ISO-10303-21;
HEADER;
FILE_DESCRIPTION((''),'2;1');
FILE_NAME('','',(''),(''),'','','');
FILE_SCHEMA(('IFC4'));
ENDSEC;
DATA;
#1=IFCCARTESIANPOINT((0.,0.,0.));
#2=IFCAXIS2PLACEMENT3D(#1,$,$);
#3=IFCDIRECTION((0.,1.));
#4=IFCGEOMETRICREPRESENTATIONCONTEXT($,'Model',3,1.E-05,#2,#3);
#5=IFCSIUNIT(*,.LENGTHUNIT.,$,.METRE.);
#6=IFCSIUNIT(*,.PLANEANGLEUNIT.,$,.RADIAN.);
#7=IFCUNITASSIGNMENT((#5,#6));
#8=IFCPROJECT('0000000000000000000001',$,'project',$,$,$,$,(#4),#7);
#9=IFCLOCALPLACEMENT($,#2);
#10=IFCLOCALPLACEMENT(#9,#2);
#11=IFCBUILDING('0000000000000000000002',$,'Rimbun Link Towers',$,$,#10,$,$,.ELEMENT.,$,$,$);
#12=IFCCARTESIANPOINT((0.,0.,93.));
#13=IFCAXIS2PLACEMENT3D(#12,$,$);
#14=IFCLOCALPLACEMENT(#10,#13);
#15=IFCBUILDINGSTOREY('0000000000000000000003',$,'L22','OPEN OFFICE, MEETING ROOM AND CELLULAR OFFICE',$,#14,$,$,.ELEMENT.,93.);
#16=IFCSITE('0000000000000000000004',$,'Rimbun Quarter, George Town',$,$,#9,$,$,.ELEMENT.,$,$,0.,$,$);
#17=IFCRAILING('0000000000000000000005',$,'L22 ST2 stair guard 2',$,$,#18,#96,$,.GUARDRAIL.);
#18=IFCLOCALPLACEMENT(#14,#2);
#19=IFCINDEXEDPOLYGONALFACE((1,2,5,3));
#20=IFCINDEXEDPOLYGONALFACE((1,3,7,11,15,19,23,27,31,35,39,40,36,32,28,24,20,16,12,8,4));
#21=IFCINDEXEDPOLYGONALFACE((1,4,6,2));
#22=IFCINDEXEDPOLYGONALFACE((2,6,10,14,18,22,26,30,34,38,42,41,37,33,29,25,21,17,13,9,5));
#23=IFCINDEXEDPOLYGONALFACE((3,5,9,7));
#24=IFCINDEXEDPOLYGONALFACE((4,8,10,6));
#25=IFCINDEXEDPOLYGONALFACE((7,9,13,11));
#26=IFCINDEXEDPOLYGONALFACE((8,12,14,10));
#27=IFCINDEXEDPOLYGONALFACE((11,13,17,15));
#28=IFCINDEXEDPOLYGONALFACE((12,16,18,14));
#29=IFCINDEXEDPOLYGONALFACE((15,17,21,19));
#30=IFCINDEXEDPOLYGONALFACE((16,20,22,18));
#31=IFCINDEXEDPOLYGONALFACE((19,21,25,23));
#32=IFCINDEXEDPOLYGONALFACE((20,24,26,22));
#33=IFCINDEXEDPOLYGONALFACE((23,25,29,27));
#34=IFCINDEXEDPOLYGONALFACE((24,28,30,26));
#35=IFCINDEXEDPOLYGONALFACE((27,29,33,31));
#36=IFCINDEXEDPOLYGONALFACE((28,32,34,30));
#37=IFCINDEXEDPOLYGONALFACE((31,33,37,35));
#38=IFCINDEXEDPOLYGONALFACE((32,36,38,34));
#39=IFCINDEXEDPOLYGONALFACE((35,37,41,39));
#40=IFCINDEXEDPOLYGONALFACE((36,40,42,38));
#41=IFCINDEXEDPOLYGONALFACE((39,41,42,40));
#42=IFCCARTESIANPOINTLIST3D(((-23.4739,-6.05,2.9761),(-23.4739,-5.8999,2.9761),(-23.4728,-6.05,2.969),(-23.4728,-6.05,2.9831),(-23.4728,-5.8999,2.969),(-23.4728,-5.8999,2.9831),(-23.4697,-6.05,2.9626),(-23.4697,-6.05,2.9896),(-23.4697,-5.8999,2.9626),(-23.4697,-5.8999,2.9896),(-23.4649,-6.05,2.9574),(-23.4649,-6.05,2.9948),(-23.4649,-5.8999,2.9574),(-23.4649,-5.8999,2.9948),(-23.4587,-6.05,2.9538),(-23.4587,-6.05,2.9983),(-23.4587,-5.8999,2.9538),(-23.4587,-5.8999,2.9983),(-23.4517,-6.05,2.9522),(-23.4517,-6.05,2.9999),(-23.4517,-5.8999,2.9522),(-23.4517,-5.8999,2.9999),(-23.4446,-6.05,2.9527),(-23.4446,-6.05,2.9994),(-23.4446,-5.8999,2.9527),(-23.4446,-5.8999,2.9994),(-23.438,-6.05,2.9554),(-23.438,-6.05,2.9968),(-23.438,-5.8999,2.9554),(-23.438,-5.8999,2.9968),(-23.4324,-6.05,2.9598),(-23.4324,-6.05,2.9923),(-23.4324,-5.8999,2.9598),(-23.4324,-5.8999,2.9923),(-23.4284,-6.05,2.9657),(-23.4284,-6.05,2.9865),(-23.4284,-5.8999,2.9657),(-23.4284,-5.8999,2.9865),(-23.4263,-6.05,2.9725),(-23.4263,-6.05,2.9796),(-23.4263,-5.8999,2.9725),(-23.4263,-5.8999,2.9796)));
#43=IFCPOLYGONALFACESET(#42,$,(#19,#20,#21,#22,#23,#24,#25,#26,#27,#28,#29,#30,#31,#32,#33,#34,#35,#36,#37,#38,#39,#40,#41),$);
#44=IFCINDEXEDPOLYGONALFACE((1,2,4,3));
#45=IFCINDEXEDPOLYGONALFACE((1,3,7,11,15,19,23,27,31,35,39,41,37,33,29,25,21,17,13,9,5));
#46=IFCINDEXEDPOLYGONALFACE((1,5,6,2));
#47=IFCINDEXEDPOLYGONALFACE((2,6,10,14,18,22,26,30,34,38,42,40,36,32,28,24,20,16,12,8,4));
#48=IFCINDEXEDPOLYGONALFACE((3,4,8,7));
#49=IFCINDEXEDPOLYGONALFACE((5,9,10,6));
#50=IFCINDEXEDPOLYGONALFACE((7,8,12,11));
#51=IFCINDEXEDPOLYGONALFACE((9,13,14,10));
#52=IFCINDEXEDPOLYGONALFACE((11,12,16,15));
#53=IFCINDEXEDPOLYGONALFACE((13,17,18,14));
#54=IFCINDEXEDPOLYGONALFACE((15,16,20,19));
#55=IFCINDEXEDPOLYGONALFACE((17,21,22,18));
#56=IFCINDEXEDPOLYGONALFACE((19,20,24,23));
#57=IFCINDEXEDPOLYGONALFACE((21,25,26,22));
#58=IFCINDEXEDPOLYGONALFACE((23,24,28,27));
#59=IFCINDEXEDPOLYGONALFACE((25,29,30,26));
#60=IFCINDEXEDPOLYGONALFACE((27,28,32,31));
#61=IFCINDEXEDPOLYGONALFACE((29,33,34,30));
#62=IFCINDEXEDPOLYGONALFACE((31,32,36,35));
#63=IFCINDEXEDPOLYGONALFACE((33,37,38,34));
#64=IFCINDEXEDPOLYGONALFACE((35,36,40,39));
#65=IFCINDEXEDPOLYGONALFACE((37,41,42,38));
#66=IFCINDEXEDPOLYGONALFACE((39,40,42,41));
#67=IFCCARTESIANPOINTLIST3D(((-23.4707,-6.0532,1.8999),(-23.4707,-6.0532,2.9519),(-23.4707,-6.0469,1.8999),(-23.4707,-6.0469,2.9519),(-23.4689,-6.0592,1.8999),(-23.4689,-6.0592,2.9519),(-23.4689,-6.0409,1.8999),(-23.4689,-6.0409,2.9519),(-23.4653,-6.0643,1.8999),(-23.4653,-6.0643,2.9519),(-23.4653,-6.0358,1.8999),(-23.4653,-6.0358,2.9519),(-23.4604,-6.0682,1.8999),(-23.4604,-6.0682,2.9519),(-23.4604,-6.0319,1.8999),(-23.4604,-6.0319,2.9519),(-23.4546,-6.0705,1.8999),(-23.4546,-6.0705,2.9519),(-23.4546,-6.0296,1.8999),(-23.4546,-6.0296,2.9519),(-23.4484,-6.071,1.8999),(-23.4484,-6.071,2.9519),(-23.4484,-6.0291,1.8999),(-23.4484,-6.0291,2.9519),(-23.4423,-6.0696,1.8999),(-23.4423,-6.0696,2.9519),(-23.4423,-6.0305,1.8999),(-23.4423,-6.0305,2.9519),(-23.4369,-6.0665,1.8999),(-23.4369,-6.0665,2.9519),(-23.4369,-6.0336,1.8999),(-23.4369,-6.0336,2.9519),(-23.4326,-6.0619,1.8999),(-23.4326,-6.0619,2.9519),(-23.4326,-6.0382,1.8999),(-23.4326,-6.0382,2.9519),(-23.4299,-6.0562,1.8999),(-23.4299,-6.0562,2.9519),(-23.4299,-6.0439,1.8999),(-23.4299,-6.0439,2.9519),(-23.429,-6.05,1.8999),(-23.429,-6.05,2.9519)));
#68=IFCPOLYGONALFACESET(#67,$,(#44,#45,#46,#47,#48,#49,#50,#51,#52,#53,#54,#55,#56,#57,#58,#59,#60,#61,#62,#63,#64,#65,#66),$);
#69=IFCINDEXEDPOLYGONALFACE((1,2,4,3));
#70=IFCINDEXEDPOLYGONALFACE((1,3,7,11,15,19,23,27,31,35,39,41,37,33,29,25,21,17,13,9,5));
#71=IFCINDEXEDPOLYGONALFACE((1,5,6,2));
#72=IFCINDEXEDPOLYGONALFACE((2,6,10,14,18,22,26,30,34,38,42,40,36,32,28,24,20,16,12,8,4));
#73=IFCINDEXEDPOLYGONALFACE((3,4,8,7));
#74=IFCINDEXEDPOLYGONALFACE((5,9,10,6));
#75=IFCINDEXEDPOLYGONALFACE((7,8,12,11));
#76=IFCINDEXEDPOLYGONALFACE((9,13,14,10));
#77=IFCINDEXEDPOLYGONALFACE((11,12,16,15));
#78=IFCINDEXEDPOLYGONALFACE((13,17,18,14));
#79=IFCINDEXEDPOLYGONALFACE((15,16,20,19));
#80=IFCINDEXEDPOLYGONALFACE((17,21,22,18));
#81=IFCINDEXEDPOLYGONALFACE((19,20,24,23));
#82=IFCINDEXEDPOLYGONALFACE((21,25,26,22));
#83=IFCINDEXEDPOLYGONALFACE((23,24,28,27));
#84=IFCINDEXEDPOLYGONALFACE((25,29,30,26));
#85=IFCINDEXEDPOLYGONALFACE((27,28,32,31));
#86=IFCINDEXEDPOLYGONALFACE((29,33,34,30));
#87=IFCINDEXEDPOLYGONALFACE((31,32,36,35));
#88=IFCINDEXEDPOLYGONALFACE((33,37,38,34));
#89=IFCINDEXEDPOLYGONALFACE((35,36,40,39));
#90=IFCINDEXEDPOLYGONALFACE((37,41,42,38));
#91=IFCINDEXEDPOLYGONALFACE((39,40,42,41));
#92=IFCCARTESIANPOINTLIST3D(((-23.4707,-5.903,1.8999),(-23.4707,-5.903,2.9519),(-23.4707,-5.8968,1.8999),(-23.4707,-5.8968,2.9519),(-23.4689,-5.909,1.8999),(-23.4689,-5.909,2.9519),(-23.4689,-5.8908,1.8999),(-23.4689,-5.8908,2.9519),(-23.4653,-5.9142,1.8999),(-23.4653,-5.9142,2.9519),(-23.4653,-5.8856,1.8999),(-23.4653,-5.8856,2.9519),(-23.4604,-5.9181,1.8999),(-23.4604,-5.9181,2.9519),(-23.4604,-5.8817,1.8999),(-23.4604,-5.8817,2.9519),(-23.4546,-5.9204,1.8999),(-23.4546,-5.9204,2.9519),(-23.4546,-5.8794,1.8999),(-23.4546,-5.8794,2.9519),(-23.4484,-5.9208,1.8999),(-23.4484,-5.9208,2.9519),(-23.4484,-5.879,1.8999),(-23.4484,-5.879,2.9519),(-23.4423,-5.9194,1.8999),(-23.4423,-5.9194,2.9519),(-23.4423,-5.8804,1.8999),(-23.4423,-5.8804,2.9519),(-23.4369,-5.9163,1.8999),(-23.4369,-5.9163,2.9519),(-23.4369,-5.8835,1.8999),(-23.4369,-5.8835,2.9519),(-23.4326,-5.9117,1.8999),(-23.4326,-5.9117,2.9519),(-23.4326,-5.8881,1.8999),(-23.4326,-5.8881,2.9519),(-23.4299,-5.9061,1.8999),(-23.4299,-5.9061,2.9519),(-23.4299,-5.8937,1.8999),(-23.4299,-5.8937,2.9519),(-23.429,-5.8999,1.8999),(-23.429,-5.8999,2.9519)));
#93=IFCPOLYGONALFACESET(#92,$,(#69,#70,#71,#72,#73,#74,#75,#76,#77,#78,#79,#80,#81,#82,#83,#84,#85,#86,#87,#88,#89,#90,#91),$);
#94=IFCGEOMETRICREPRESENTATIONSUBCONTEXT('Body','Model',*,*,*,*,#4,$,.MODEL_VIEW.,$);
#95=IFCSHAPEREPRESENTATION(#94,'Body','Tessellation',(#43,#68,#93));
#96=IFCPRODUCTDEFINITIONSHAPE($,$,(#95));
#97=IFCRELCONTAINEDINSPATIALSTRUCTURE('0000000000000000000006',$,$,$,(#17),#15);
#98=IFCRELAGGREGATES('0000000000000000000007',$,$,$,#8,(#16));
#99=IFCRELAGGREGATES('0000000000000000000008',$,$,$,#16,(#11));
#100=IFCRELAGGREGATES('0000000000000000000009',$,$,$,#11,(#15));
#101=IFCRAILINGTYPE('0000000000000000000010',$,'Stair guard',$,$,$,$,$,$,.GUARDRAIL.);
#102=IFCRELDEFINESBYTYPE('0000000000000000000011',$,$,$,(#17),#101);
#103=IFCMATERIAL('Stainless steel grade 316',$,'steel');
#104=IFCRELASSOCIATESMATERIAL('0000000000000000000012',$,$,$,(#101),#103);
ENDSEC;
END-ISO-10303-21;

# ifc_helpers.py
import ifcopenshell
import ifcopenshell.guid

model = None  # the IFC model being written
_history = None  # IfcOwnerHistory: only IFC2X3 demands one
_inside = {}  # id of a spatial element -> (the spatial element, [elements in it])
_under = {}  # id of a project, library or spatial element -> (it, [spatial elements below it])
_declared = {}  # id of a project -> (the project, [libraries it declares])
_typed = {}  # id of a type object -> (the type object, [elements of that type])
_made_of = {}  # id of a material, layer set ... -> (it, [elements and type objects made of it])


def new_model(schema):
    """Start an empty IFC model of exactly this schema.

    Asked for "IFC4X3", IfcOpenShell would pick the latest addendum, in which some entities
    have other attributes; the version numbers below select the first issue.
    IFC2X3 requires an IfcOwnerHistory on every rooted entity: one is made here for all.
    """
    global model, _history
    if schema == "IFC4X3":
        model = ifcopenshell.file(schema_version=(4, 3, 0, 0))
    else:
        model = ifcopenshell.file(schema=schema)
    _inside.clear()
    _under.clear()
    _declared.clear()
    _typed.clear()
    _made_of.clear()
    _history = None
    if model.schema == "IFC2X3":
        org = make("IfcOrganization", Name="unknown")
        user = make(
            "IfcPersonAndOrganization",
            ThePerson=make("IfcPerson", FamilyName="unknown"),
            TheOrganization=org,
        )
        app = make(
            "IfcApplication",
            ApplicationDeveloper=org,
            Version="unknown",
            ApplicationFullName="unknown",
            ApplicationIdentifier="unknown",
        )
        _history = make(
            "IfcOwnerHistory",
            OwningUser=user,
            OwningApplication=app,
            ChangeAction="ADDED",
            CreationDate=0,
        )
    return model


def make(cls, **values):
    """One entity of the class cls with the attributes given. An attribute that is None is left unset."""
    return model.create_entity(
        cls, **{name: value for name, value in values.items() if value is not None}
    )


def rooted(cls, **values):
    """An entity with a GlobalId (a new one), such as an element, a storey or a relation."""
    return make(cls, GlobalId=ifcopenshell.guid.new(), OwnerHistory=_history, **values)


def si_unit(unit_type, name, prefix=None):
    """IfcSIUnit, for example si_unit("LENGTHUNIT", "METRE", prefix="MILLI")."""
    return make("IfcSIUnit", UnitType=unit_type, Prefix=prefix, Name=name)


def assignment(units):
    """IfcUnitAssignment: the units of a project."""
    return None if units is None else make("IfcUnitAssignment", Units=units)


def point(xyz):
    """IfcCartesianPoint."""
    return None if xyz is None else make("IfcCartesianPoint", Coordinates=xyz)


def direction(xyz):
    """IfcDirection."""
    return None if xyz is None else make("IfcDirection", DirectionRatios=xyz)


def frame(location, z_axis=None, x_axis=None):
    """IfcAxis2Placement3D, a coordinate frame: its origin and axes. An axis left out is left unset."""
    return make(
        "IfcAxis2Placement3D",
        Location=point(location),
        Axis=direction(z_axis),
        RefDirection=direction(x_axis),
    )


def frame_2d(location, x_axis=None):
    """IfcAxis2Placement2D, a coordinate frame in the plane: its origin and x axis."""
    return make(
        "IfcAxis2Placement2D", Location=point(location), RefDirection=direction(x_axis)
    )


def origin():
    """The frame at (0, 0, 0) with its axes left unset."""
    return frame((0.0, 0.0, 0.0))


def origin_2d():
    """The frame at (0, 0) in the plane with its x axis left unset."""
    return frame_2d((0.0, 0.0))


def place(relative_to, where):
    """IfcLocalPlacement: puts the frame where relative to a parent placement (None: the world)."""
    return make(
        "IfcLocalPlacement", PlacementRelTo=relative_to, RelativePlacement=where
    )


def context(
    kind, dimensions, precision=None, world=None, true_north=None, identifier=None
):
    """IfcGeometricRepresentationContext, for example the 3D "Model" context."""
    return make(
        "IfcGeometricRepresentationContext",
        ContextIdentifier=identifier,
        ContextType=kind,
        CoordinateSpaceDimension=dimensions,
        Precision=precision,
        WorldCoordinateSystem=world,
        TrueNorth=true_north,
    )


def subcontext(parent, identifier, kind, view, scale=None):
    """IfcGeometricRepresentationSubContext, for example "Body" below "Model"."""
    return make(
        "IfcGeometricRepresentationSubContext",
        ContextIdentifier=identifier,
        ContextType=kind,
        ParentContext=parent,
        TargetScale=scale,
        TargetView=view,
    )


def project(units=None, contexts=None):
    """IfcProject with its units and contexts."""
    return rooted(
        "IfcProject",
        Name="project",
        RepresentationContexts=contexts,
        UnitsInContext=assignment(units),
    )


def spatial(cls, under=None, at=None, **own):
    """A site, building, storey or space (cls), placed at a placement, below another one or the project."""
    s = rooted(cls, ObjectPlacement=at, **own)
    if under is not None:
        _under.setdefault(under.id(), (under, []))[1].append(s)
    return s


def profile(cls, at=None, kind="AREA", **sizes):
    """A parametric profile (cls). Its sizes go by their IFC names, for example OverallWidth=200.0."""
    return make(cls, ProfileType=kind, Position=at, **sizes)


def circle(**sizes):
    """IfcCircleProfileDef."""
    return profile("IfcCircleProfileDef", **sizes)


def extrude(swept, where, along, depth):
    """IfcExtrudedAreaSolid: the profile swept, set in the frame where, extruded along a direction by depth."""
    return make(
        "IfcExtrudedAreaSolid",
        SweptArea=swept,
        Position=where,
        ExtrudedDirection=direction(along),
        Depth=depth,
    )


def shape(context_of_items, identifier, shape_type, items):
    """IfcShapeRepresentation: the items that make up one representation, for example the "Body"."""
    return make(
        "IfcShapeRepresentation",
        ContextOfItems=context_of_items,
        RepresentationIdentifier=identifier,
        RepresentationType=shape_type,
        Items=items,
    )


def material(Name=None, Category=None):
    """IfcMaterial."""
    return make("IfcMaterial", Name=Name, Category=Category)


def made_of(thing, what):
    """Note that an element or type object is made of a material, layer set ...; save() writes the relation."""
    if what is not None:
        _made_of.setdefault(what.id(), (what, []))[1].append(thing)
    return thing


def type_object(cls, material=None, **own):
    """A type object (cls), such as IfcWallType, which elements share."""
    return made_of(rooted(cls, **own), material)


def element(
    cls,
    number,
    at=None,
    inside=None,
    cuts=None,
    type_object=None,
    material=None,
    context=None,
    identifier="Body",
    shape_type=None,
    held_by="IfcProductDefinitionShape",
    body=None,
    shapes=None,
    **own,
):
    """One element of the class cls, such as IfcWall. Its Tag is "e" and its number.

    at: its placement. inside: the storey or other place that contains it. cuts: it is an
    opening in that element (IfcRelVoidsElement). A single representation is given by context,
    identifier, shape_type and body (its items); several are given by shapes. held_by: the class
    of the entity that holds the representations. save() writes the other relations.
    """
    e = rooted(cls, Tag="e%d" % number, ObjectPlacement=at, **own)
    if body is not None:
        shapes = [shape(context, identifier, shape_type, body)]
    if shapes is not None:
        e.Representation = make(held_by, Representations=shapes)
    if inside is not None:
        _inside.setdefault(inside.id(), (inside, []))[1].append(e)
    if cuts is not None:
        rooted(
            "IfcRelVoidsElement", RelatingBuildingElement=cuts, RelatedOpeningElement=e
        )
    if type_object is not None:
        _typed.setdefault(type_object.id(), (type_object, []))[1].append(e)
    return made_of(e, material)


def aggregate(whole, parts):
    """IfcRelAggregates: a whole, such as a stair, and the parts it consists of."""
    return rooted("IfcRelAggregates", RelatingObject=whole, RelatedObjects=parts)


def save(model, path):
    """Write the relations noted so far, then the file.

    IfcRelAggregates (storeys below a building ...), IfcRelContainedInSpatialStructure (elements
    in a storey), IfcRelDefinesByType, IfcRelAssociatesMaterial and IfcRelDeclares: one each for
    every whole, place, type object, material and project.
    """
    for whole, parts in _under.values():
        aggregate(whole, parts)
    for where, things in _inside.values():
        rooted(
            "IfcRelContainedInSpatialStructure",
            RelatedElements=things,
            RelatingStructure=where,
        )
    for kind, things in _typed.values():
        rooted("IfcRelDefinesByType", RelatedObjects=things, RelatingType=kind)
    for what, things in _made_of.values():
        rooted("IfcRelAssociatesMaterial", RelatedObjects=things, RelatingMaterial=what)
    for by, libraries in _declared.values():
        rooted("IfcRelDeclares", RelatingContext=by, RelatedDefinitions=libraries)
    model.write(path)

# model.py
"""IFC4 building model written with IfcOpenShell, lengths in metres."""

from ifc_helpers import new_model, si_unit, direction, frame, origin, origin_2d, place, context, subcontext, project, spatial, circle, extrude, material, type_object, element, save


model = new_model("IFC4")

# Units and contexts
model_context = context("Model", 3, precision=1e-05, world=origin(), true_north=direction((0.0, 1.0)))
body_context = subcontext(model_context, "Body", "Model", "MODEL_VIEW")
ifc_project = project(units=[si_unit("LENGTHUNIT", "METRE"), si_unit("PLANEANGLEUNIT", "RADIAN")], contexts=[model_context])

# Site, building, storey
site_placement = place(None, origin())
site = spatial("IfcSite", under=ifc_project, at=site_placement, Name="Rimbun Quarter, George Town", CompositionType="ELEMENT", RefElevation=0.0)
building_placement = place(site_placement, origin())
building = spatial("IfcBuilding", under=site, at=building_placement, Name="Rimbun Link Towers", CompositionType="ELEMENT")
storey_placement = place(building_placement, frame((0.0, 0.0, 93.0)))
storey = spatial("IfcBuildingStorey", under=building, at=storey_placement, Name="L22", Description="OPEN OFFICE, MEETING ROOM AND CELLULAR OFFICE", CompositionType="ELEMENT", Elevation=93.0)

# Railing
ifc_material_1 = material(Name="Stainless steel grade 316", Category="steel")
railing_type_1 = type_object("IfcRailingType", Name="Stair guard", PredefinedType="GUARDRAIL", material=ifc_material_1)
railing_1_placement = place(storey_placement, frame((-23.45, -6.05, 1.8999)))
element("IfcRailing", 1, at=railing_1_placement, inside=storey, type_object=railing_type_1, Name="L22 ST2 stair guard 2", PredefinedType="GUARDRAIL", context=body_context, shape_type="SweptSolid", body=[
    extrude(circle(Radius=0.0239, at=origin_2d()), frame((0.0, 0.0, 1.0762), z_axis=(0.0, 1.0, 0.0), x_axis=(-1.0, 0.0, 0.0)), (0.0, 0.0, 1.0), 0.1501),
    extrude(circle(Radius=0.021, at=origin_2d()), origin(), (0.0, 0.0, 1.0), 1.052),
    extrude(circle(Radius=0.021, at=origin_2d()), frame((0.0, 0.1501, 0.0)), (0.0, 0.0, 1.0), 1.052),
])

save(model, "model.ifc")
